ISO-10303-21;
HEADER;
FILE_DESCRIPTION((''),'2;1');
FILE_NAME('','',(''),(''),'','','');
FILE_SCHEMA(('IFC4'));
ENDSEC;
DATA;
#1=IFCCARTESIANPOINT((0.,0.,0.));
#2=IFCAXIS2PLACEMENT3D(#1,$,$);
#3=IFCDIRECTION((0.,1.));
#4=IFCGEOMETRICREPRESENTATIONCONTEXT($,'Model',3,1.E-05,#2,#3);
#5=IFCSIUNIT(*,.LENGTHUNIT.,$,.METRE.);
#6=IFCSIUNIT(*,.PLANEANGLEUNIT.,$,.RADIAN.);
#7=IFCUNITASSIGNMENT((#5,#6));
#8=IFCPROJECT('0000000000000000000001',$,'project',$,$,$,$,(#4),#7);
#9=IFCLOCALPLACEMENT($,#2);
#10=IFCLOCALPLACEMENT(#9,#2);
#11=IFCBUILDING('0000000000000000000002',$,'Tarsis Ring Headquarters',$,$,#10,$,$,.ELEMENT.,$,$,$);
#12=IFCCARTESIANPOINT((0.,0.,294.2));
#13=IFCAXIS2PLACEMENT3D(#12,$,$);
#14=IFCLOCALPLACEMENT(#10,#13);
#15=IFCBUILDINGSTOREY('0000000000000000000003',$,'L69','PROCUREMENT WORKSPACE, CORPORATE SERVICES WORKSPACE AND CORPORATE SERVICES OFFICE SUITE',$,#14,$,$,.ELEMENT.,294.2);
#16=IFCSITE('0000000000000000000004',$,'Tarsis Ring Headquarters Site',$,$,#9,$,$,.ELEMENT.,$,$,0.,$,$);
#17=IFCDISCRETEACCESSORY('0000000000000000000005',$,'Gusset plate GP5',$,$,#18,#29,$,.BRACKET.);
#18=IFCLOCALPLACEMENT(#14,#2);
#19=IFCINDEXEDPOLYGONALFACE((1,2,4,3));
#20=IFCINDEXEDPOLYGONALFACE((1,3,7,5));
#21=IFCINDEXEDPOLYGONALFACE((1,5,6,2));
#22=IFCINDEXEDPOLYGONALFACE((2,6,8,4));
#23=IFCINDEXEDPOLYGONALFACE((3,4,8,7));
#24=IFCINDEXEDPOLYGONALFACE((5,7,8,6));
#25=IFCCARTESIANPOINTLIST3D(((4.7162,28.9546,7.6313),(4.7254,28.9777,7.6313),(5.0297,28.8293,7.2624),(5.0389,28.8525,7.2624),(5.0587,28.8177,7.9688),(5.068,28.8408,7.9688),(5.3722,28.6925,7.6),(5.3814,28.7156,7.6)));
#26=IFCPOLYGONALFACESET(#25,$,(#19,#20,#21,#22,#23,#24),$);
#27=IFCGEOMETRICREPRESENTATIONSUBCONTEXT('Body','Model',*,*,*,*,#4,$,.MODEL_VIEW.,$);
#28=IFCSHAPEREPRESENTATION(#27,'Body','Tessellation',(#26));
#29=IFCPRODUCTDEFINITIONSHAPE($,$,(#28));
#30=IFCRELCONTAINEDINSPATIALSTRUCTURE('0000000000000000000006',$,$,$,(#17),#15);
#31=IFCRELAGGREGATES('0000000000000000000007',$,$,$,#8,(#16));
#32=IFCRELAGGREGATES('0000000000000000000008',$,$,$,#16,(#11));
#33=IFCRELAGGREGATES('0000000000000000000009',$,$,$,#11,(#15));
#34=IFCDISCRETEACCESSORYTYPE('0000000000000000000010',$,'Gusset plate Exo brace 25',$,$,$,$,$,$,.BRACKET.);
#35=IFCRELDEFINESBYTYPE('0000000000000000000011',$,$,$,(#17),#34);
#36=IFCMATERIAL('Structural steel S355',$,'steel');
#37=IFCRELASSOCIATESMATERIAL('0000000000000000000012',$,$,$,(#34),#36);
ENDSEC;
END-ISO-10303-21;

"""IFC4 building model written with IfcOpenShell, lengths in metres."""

from ifc_helpers import new_model, si_unit, direction, frame, origin, origin_2d, place, context, subcontext, project, spatial, rectangle, extrude, material, material_profile, profile_set, type_object, element, save


model = new_model("IFC4")

# Units and contexts
model_context = context("Model", 3, precision=1e-05, world=origin(), true_north=direction((0.0, 1.0)))
body_context = subcontext(model_context, "Body", "Model", "MODEL_VIEW")
ifc_project = project(units=[si_unit("LENGTHUNIT", "METRE"), si_unit("PLANEANGLEUNIT", "RADIAN")], contexts=[model_context])

# Site, building, storey
site_placement = place(None, origin())
site = spatial("IfcSite", under=ifc_project, at=site_placement, Name="Tarsis Ring Headquarters Site", CompositionType="ELEMENT", RefElevation=0.0)
building_placement = place(site_placement, origin())
building = spatial("IfcBuilding", under=site, at=building_placement, Name="Tarsis Ring Headquarters", CompositionType="ELEMENT")
storey_placement = place(building_placement, frame((0.0, 0.0, 294.2)))
storey = spatial("IfcBuildingStorey", under=building, at=storey_placement, Name="L69", Description="PROCUREMENT WORKSPACE, CORPORATE SERVICES WORKSPACE AND CORPORATE SERVICES OFFICE SUITE", CompositionType="ELEMENT", Elevation=294.2)

# Shared definitions
ifc_material_1 = material(Name="Structural steel S355", Category="steel")

# Discrete accessory
ifc_material_profile_1 = material_profile(ifc_material_1, rectangle(XDim=0.0249, YDim=0.5, at=origin_2d()), Name="PL 25x500")
ifc_profile_set_1 = profile_set([ifc_material_profile_1], Name="Structural steel S355")
discrete_accessory_type = type_object("IfcDiscreteAccessoryType", Name="Gusset plate Exo brace 25", PredefinedType="BRACKET", material=ifc_profile_set_1)
discrete_accessory_placement = place(storey_placement, frame((4.8921, 28.8977, 7.8), z_axis=(0.626905, -0.250469, -0.737737), x_axis=(0.371017, 0.928626, 0.0)))
element("IfcDiscreteAccessory", 1, at=discrete_accessory_placement, inside=storey, type_object=discrete_accessory_type, Name="Gusset plate GP5", PredefinedType="BRACKET", context=body_context, shape_type="SweptSolid", body=[
    extrude(rectangle(XDim=0.0249, YDim=0.5, at=origin_2d()), origin(), (0.0, 0.0, 1.0), 0.5),
])

save(model, "model.ifc")
